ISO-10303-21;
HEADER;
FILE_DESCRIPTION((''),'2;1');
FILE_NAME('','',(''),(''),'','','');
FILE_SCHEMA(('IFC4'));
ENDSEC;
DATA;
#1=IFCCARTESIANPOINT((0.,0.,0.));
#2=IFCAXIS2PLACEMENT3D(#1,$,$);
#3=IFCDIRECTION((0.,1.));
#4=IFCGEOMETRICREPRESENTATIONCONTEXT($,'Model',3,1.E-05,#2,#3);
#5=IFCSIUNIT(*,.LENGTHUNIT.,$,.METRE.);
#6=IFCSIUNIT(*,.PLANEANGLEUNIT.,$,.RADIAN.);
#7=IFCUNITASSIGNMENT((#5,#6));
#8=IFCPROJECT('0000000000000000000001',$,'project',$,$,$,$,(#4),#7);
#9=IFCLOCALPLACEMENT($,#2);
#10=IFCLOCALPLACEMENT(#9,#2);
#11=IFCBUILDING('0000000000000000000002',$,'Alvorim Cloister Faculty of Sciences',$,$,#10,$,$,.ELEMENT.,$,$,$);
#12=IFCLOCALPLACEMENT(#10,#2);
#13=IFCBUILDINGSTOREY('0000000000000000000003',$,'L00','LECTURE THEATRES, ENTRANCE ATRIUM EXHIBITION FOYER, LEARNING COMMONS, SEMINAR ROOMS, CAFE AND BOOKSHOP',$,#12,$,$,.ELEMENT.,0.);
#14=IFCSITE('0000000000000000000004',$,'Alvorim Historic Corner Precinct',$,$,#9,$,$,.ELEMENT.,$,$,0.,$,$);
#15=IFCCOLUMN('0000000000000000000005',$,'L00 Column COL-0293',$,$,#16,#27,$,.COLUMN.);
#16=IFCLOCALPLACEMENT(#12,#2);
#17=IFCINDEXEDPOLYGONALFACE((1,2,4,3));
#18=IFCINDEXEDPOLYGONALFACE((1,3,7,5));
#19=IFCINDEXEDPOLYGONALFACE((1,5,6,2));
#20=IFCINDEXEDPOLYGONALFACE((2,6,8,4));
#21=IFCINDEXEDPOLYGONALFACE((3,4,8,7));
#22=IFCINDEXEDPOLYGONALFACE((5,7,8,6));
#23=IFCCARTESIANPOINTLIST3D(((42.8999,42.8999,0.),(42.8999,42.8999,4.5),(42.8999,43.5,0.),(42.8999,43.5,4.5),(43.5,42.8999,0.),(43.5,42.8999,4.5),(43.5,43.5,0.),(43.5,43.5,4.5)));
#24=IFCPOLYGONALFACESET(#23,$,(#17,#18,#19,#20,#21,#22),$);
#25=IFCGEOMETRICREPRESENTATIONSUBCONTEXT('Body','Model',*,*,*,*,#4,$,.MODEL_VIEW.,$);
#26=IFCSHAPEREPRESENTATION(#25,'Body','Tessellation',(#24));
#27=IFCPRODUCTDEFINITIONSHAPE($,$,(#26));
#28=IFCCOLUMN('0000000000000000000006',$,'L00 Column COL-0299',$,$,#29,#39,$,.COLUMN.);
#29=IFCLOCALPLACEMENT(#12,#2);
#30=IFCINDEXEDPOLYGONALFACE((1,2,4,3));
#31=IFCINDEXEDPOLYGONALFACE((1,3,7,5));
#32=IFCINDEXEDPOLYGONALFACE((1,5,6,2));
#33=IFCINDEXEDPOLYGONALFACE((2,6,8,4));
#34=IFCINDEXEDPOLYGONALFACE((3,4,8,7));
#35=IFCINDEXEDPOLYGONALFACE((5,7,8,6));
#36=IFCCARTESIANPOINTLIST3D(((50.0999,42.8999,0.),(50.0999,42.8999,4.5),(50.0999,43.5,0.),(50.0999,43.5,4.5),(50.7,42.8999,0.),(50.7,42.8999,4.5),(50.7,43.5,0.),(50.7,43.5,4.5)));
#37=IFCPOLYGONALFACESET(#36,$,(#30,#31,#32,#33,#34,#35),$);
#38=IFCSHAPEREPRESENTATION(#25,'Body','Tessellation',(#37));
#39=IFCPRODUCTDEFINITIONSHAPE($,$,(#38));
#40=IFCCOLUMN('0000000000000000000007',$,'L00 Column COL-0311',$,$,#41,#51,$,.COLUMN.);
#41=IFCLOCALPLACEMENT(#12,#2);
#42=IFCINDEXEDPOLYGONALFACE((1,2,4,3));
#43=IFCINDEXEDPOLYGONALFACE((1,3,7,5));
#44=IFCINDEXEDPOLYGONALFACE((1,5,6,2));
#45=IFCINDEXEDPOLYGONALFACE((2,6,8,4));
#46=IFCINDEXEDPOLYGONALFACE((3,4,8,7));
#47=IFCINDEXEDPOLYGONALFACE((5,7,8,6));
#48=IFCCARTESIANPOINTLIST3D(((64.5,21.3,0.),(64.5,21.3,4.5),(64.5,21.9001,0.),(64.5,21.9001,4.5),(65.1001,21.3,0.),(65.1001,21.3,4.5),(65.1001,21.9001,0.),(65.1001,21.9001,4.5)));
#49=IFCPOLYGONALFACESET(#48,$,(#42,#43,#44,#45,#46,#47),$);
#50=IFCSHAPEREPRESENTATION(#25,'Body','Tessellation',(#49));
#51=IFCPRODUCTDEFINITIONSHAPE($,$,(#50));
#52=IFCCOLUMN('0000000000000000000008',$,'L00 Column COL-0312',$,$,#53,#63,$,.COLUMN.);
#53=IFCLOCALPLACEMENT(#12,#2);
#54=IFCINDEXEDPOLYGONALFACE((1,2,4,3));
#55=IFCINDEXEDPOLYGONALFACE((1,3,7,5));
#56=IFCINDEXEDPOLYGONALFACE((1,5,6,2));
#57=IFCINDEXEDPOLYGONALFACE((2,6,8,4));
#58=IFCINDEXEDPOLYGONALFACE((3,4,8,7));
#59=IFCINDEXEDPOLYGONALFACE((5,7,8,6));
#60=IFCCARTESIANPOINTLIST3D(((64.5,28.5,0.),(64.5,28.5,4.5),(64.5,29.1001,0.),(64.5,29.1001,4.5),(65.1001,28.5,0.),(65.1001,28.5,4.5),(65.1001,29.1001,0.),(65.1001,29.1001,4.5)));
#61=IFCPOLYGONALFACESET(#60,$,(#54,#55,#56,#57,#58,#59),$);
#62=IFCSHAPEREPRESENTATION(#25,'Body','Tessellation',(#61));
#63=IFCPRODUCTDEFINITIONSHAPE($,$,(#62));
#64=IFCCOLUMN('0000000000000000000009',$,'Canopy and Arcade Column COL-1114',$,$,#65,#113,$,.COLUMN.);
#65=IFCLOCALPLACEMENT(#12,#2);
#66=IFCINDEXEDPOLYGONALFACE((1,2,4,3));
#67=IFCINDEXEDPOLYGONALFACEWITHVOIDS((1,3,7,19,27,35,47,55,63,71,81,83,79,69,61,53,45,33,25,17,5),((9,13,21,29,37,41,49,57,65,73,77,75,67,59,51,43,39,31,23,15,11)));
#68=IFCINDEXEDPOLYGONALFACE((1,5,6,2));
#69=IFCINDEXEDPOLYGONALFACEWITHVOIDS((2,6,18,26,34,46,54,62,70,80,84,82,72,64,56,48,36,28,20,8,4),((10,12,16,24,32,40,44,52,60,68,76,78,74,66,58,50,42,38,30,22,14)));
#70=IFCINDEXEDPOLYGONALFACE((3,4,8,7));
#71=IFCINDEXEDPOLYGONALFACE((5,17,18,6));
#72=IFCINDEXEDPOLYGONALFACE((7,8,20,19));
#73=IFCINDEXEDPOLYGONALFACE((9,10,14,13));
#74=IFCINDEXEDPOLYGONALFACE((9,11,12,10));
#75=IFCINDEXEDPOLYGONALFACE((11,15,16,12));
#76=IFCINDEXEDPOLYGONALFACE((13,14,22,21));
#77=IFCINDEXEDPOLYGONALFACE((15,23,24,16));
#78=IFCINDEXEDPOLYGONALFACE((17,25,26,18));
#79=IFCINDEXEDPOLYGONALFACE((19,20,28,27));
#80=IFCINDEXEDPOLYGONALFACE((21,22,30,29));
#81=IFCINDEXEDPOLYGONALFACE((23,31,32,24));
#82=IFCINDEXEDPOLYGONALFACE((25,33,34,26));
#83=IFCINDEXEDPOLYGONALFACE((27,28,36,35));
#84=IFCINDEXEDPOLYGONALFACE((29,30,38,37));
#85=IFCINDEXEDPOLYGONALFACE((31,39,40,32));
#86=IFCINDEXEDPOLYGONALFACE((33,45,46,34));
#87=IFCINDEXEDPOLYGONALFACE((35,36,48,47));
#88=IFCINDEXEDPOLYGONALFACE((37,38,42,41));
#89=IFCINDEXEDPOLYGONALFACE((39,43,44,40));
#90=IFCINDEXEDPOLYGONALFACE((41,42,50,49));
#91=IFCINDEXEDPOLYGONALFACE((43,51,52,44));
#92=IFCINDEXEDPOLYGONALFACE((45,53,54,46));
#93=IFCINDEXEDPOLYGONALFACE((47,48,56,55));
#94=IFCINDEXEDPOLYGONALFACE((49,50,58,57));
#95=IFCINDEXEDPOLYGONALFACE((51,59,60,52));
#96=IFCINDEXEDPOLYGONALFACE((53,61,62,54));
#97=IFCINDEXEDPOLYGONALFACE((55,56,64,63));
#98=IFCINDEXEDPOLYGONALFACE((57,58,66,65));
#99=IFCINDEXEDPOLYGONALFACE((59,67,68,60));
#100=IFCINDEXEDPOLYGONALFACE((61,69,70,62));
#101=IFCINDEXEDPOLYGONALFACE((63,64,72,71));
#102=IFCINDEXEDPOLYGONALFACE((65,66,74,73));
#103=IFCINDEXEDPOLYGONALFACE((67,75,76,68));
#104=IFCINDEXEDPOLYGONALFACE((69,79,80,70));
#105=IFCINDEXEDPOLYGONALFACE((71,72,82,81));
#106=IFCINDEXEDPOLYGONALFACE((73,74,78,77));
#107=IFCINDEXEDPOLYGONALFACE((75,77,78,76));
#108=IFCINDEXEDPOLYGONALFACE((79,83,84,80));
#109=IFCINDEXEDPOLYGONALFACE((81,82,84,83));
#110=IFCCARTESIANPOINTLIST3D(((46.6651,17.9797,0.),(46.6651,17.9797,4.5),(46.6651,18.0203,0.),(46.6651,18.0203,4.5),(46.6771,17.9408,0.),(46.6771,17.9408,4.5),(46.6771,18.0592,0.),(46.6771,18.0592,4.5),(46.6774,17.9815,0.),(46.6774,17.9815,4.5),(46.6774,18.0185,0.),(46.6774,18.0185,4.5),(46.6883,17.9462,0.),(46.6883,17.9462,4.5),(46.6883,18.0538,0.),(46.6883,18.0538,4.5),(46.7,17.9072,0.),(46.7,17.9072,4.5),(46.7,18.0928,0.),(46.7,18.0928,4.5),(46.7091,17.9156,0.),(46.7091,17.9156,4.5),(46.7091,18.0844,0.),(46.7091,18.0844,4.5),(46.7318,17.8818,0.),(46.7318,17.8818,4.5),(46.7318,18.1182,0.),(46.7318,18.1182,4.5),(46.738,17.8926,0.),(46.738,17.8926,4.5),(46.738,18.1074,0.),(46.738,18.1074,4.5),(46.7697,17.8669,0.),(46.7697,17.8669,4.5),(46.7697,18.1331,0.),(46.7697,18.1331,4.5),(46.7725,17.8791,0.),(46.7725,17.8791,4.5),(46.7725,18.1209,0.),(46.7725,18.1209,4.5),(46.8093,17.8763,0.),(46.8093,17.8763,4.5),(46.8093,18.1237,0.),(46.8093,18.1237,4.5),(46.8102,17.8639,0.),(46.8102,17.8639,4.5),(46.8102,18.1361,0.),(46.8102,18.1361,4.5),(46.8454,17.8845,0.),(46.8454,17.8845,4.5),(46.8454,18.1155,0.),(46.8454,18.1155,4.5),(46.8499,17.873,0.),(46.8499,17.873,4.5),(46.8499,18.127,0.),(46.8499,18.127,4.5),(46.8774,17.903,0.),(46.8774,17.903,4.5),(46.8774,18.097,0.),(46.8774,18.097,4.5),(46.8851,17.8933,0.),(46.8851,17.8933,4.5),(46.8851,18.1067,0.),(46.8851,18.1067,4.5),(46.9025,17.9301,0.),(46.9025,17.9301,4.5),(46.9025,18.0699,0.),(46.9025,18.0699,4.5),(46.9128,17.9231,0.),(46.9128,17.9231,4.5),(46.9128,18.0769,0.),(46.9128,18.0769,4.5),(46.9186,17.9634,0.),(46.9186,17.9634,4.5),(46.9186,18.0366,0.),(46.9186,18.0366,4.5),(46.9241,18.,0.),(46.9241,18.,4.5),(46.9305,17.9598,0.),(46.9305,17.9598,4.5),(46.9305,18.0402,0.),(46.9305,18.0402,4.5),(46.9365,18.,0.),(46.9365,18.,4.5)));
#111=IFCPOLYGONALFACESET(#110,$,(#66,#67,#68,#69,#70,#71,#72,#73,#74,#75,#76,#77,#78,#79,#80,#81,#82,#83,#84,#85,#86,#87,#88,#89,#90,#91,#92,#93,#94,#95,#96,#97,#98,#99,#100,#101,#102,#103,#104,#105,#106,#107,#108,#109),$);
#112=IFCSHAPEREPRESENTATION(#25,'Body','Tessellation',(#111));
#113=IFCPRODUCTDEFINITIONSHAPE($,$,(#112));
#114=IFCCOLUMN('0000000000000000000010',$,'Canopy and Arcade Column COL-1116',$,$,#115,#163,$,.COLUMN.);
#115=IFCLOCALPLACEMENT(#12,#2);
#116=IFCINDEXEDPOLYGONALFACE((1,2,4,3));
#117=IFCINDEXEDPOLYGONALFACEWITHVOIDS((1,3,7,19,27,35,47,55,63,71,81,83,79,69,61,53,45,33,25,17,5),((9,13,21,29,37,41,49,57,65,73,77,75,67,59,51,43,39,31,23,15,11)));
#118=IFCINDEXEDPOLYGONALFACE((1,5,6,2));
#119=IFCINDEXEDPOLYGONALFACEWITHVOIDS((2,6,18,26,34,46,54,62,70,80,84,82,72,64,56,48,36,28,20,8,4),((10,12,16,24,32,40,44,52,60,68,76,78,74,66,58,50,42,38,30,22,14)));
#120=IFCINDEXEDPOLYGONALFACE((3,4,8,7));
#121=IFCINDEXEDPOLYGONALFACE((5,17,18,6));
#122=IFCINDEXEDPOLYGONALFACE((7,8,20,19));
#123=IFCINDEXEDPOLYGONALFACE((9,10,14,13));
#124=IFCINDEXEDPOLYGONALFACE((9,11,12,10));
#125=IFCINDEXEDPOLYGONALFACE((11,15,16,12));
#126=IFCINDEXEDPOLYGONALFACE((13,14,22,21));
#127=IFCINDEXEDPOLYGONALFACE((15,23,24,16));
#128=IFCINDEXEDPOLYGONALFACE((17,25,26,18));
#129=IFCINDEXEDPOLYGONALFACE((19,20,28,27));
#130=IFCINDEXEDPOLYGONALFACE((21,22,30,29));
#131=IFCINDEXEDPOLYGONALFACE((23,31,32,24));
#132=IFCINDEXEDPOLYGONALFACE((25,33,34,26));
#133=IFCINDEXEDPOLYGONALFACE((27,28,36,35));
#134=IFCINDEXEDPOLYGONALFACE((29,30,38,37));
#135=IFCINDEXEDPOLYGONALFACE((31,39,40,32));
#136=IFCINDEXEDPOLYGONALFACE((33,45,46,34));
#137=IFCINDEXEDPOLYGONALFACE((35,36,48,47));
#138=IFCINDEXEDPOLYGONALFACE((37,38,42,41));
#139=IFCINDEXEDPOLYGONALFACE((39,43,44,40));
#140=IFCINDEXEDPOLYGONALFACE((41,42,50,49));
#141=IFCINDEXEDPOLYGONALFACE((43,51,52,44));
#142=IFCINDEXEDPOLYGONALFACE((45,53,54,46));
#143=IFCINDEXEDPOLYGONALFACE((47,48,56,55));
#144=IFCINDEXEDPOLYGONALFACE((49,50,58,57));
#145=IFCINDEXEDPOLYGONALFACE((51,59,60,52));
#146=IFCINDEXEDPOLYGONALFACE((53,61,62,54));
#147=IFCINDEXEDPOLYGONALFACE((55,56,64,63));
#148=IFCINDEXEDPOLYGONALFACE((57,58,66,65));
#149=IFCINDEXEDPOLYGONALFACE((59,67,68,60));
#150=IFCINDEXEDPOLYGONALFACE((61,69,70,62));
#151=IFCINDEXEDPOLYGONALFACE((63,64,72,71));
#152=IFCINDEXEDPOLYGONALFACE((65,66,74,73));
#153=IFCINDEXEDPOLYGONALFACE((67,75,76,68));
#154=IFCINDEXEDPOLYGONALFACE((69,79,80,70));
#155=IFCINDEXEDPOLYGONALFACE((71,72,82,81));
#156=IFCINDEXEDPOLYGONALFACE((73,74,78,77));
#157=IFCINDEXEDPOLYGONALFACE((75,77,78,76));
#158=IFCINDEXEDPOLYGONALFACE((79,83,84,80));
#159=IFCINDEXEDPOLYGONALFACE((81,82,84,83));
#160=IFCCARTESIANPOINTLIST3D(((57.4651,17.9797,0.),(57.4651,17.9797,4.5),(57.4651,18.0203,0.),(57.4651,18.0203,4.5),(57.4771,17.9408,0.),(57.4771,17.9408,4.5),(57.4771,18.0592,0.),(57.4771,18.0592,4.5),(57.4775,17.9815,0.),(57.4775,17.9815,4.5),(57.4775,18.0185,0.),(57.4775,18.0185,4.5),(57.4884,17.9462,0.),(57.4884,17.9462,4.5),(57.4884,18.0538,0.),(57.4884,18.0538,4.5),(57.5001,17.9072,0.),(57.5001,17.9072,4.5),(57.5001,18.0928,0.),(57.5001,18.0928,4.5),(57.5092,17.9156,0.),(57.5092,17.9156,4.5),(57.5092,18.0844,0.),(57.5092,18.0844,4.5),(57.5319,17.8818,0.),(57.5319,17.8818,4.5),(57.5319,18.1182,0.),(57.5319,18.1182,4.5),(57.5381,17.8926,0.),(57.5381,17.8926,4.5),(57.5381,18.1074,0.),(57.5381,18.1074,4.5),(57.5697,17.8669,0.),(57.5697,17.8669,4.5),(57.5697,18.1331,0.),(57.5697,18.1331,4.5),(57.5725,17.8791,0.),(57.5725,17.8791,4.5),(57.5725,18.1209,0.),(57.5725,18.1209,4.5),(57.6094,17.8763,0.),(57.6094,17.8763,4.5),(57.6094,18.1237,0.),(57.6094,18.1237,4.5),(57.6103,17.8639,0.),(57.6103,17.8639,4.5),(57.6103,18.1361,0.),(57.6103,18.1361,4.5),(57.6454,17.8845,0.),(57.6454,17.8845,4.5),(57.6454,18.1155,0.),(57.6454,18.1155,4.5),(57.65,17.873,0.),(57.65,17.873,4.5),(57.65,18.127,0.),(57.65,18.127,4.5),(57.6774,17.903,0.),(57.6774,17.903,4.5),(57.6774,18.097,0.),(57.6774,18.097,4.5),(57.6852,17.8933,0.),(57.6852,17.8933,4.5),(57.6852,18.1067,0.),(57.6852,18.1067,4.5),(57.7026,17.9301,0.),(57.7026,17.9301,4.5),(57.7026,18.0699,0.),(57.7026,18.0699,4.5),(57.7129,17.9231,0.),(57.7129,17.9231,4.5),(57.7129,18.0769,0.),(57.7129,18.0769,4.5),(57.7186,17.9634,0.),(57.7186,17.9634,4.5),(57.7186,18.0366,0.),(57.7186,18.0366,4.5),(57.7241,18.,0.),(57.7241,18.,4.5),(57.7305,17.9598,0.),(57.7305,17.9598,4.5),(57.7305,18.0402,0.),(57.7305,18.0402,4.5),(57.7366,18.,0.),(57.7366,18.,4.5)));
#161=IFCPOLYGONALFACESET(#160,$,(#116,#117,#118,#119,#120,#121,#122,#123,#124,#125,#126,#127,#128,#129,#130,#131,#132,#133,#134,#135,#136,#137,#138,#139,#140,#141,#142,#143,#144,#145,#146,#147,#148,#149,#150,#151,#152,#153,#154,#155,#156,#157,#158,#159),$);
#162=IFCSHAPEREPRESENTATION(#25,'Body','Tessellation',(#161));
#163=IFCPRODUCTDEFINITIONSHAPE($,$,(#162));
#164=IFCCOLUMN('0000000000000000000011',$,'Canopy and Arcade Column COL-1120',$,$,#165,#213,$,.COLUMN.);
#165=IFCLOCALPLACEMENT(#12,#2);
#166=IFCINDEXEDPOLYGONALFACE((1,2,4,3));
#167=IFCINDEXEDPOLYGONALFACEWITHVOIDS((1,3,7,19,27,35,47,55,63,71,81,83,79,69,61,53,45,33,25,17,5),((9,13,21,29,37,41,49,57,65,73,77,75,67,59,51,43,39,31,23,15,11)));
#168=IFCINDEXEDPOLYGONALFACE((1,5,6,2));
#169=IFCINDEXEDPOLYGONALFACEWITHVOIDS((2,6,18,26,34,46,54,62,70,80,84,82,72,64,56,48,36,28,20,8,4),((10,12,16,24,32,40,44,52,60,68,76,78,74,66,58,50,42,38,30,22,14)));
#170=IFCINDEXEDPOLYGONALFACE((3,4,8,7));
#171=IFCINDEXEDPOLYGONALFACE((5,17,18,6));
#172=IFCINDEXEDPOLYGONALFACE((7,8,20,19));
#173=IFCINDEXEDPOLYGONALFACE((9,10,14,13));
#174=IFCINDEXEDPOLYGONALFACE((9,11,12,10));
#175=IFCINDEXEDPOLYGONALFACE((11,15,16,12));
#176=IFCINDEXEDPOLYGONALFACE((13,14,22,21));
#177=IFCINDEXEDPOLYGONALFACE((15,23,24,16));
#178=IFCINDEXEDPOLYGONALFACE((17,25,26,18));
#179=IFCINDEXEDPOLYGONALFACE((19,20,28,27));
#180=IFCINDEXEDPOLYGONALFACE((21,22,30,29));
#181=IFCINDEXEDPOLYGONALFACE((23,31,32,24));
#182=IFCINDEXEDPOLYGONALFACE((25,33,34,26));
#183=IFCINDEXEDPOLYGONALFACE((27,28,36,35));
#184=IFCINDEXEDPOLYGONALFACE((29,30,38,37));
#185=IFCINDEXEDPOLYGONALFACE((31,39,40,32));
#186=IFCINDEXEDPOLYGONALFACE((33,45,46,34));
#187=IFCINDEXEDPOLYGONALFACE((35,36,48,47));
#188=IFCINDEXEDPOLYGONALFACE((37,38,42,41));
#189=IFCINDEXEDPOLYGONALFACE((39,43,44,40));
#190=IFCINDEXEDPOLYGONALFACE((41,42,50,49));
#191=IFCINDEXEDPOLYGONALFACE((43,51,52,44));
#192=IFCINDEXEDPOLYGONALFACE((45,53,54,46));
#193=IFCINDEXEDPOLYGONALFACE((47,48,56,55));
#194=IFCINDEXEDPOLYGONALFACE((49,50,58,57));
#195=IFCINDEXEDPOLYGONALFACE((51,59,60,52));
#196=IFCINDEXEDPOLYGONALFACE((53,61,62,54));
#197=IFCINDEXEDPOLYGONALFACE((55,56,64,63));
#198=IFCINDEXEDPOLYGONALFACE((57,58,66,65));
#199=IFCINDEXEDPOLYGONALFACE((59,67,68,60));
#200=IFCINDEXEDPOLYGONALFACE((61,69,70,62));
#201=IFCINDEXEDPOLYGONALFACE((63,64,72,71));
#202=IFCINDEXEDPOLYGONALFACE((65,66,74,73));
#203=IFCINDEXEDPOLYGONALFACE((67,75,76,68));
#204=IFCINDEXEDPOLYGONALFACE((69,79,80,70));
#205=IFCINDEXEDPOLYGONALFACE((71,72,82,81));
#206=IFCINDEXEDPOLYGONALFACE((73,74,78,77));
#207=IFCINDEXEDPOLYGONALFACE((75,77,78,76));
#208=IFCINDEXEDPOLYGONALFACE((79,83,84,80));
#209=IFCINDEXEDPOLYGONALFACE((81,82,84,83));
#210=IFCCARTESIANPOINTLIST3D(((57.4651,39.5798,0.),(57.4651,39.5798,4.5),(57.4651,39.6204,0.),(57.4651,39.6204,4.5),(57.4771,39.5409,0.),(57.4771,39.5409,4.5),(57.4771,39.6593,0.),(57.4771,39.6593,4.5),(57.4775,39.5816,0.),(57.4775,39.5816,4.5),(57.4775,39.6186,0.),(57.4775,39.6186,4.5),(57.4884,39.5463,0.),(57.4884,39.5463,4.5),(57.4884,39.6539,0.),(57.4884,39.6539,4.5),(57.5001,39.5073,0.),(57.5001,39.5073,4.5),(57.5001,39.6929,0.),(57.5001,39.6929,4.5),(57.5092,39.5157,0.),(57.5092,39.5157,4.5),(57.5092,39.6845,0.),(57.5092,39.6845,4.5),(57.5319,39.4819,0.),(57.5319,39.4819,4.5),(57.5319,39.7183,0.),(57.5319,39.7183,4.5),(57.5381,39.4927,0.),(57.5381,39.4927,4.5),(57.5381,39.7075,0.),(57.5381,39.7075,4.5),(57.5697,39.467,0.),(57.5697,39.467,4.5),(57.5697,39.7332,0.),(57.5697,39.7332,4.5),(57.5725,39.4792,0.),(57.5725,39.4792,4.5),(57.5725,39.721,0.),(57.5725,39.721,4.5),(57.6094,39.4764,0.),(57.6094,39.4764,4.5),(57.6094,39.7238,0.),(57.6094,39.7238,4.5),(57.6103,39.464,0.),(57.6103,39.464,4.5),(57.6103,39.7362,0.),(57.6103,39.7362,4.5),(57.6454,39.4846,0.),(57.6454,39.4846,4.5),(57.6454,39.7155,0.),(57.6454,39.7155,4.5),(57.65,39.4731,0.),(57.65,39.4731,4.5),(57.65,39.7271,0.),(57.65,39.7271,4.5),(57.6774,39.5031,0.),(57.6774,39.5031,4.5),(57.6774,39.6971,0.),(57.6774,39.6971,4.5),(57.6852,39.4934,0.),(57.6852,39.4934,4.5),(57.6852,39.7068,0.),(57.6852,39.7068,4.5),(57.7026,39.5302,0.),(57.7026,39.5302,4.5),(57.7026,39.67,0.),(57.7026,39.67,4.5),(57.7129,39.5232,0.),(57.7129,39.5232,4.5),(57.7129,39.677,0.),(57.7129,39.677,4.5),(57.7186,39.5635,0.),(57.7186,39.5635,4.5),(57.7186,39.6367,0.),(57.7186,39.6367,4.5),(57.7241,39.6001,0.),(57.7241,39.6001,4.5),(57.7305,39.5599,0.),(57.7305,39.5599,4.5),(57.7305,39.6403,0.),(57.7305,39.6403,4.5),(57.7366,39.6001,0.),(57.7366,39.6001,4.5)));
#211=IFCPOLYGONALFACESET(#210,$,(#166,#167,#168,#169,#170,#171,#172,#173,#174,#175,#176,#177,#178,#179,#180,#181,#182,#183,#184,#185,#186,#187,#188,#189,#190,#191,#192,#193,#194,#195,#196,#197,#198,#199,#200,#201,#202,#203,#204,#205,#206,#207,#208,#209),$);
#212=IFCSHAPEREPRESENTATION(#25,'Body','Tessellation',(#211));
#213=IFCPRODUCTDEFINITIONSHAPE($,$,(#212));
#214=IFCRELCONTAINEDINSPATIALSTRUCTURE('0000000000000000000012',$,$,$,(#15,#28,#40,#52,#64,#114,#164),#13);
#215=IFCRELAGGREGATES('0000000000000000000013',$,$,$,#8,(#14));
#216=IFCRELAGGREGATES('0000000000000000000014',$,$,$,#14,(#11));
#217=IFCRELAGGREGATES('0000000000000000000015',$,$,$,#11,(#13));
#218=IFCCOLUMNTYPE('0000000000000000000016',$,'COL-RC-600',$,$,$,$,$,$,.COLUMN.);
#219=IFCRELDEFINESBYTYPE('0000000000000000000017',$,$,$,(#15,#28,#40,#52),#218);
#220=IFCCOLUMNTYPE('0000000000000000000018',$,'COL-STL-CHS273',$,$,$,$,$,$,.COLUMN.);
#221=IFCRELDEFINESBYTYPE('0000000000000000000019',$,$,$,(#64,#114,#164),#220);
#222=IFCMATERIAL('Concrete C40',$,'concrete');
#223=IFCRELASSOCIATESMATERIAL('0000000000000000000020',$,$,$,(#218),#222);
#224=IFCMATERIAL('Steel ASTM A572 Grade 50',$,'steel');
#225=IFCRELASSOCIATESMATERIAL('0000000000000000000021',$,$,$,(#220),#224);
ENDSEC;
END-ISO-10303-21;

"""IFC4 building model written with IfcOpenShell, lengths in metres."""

from ifc_helpers import new_model, si_unit, direction, frame, origin, origin_2d, place, context, subcontext, project, spatial, rectangle, hollow_circle, extrude, material, material_profile, profile_set, type_object, element, save


model = new_model("IFC4")

# Units and contexts
model_context = context("Model", 3, precision=1e-05, world=origin(), true_north=direction((0.0, 1.0)))
body_context = subcontext(model_context, "Body", "Model", "MODEL_VIEW")
ifc_project = project(units=[si_unit("LENGTHUNIT", "METRE"), si_unit("PLANEANGLEUNIT", "RADIAN")], contexts=[model_context])

# Site, building, storey
site_placement = place(None, origin())
site = spatial("IfcSite", under=ifc_project, at=site_placement, Name="Alvorim Historic Corner Precinct", CompositionType="ELEMENT", RefElevation=0.0)
building_placement = place(site_placement, origin())
building = spatial("IfcBuilding", under=site, at=building_placement, Name="Alvorim Cloister Faculty of Sciences", CompositionType="ELEMENT")
storey_placement = place(building_placement, origin())
storey = spatial("IfcBuildingStorey", under=building, at=storey_placement, Name="L00", Description="LECTURE THEATRES, ENTRANCE ATRIUM EXHIBITION FOYER, LEARNING COMMONS, SEMINAR ROOMS, CAFE AND BOOKSHOP", CompositionType="ELEMENT", Elevation=0.0)

# Columns
ifc_material_1 = material(Name="Concrete C40", Category="concrete")
ifc_material_profile_1 = material_profile(ifc_material_1, rectangle(XDim=0.6001, YDim=0.6001, at=origin_2d()), Name="RC40-COL-600x600")
ifc_profile_set_1 = profile_set([ifc_material_profile_1], Name="Concrete C40")
column_type_1 = type_object("IfcColumnType", Name="COL-RC-600", PredefinedType="COLUMN", material=ifc_profile_set_1)
for number, where, z_axis, x_axis, name in (
    (1, (43.2, 43.2, 0.0), (0.0, 0.0, 1.0), (1.0, 0.0, 0.0), "L00 Column COL-0293"),
    (2, (50.3999, 43.2, 0.0), (0.0, 0.0, 1.0), (1.0, 0.0, 0.0), "L00 Column COL-0299"),
    (3, (64.8, 21.6001, 0.0), (0.0, 0.0, 1.0), (1.0, 0.0, 0.0), "L00 Column COL-0311"),
    (4, (64.8, 28.8, 0.0), (0.0, 0.0, 1.0), (1.0, 0.0, 0.0), "L00 Column COL-0312"),
):
    element("IfcColumn", number, at=place(storey_placement, frame(where, z_axis=z_axis, x_axis=x_axis)), inside=storey, type_object=column_type_1, Name=name, PredefinedType="COLUMN", context=body_context, shape_type="SweptSolid", body=[
        extrude(rectangle(XDim=0.6001, YDim=0.6001, at=origin_2d()), origin(), (0.0, 0.0, 1.0), 4.5),
    ])
ifc_material_2 = material(Name="Steel ASTM A572 Grade 50", Category="steel")
ifc_material_profile_2 = material_profile(ifc_material_2, hollow_circle(Radius=0.1365, WallThickness=0.0125, at=origin_2d()), Name="CHS273x12.5")
ifc_profile_set_2 = profile_set([ifc_material_profile_2], Name="Steel ASTM A572 Grade 50")
column_type_2 = type_object("IfcColumnType", Name="COL-STL-CHS273", PredefinedType="COLUMN", material=ifc_profile_set_2)
for number, where, z_axis, x_axis, name in (
    (5, (46.8, 18.0, 0.0), (0.0, 0.0, 1.0), (1.0, 0.0, 0.0), "Canopy and Arcade Column COL-1114"),
    (6, (57.6001, 18.0, 0.0), (0.0, 0.0, 1.0), (1.0, 0.0, 0.0), "Canopy and Arcade Column COL-1116"),
    (7, (57.6001, 39.6001, 0.0), (0.0, 0.0, 1.0), (1.0, 0.0, 0.0), "Canopy and Arcade Column COL-1120"),
):
    element("IfcColumn", number, at=place(storey_placement, frame(where, z_axis=z_axis, x_axis=x_axis)), inside=storey, type_object=column_type_2, Name=name, PredefinedType="COLUMN", context=body_context, shape_type="SweptSolid", body=[
        extrude(hollow_circle(Radius=0.1365, WallThickness=0.0125, at=origin_2d()), origin(), (0.0, 0.0, 1.0), 4.5),
    ])

save(model, "model.ifc")
